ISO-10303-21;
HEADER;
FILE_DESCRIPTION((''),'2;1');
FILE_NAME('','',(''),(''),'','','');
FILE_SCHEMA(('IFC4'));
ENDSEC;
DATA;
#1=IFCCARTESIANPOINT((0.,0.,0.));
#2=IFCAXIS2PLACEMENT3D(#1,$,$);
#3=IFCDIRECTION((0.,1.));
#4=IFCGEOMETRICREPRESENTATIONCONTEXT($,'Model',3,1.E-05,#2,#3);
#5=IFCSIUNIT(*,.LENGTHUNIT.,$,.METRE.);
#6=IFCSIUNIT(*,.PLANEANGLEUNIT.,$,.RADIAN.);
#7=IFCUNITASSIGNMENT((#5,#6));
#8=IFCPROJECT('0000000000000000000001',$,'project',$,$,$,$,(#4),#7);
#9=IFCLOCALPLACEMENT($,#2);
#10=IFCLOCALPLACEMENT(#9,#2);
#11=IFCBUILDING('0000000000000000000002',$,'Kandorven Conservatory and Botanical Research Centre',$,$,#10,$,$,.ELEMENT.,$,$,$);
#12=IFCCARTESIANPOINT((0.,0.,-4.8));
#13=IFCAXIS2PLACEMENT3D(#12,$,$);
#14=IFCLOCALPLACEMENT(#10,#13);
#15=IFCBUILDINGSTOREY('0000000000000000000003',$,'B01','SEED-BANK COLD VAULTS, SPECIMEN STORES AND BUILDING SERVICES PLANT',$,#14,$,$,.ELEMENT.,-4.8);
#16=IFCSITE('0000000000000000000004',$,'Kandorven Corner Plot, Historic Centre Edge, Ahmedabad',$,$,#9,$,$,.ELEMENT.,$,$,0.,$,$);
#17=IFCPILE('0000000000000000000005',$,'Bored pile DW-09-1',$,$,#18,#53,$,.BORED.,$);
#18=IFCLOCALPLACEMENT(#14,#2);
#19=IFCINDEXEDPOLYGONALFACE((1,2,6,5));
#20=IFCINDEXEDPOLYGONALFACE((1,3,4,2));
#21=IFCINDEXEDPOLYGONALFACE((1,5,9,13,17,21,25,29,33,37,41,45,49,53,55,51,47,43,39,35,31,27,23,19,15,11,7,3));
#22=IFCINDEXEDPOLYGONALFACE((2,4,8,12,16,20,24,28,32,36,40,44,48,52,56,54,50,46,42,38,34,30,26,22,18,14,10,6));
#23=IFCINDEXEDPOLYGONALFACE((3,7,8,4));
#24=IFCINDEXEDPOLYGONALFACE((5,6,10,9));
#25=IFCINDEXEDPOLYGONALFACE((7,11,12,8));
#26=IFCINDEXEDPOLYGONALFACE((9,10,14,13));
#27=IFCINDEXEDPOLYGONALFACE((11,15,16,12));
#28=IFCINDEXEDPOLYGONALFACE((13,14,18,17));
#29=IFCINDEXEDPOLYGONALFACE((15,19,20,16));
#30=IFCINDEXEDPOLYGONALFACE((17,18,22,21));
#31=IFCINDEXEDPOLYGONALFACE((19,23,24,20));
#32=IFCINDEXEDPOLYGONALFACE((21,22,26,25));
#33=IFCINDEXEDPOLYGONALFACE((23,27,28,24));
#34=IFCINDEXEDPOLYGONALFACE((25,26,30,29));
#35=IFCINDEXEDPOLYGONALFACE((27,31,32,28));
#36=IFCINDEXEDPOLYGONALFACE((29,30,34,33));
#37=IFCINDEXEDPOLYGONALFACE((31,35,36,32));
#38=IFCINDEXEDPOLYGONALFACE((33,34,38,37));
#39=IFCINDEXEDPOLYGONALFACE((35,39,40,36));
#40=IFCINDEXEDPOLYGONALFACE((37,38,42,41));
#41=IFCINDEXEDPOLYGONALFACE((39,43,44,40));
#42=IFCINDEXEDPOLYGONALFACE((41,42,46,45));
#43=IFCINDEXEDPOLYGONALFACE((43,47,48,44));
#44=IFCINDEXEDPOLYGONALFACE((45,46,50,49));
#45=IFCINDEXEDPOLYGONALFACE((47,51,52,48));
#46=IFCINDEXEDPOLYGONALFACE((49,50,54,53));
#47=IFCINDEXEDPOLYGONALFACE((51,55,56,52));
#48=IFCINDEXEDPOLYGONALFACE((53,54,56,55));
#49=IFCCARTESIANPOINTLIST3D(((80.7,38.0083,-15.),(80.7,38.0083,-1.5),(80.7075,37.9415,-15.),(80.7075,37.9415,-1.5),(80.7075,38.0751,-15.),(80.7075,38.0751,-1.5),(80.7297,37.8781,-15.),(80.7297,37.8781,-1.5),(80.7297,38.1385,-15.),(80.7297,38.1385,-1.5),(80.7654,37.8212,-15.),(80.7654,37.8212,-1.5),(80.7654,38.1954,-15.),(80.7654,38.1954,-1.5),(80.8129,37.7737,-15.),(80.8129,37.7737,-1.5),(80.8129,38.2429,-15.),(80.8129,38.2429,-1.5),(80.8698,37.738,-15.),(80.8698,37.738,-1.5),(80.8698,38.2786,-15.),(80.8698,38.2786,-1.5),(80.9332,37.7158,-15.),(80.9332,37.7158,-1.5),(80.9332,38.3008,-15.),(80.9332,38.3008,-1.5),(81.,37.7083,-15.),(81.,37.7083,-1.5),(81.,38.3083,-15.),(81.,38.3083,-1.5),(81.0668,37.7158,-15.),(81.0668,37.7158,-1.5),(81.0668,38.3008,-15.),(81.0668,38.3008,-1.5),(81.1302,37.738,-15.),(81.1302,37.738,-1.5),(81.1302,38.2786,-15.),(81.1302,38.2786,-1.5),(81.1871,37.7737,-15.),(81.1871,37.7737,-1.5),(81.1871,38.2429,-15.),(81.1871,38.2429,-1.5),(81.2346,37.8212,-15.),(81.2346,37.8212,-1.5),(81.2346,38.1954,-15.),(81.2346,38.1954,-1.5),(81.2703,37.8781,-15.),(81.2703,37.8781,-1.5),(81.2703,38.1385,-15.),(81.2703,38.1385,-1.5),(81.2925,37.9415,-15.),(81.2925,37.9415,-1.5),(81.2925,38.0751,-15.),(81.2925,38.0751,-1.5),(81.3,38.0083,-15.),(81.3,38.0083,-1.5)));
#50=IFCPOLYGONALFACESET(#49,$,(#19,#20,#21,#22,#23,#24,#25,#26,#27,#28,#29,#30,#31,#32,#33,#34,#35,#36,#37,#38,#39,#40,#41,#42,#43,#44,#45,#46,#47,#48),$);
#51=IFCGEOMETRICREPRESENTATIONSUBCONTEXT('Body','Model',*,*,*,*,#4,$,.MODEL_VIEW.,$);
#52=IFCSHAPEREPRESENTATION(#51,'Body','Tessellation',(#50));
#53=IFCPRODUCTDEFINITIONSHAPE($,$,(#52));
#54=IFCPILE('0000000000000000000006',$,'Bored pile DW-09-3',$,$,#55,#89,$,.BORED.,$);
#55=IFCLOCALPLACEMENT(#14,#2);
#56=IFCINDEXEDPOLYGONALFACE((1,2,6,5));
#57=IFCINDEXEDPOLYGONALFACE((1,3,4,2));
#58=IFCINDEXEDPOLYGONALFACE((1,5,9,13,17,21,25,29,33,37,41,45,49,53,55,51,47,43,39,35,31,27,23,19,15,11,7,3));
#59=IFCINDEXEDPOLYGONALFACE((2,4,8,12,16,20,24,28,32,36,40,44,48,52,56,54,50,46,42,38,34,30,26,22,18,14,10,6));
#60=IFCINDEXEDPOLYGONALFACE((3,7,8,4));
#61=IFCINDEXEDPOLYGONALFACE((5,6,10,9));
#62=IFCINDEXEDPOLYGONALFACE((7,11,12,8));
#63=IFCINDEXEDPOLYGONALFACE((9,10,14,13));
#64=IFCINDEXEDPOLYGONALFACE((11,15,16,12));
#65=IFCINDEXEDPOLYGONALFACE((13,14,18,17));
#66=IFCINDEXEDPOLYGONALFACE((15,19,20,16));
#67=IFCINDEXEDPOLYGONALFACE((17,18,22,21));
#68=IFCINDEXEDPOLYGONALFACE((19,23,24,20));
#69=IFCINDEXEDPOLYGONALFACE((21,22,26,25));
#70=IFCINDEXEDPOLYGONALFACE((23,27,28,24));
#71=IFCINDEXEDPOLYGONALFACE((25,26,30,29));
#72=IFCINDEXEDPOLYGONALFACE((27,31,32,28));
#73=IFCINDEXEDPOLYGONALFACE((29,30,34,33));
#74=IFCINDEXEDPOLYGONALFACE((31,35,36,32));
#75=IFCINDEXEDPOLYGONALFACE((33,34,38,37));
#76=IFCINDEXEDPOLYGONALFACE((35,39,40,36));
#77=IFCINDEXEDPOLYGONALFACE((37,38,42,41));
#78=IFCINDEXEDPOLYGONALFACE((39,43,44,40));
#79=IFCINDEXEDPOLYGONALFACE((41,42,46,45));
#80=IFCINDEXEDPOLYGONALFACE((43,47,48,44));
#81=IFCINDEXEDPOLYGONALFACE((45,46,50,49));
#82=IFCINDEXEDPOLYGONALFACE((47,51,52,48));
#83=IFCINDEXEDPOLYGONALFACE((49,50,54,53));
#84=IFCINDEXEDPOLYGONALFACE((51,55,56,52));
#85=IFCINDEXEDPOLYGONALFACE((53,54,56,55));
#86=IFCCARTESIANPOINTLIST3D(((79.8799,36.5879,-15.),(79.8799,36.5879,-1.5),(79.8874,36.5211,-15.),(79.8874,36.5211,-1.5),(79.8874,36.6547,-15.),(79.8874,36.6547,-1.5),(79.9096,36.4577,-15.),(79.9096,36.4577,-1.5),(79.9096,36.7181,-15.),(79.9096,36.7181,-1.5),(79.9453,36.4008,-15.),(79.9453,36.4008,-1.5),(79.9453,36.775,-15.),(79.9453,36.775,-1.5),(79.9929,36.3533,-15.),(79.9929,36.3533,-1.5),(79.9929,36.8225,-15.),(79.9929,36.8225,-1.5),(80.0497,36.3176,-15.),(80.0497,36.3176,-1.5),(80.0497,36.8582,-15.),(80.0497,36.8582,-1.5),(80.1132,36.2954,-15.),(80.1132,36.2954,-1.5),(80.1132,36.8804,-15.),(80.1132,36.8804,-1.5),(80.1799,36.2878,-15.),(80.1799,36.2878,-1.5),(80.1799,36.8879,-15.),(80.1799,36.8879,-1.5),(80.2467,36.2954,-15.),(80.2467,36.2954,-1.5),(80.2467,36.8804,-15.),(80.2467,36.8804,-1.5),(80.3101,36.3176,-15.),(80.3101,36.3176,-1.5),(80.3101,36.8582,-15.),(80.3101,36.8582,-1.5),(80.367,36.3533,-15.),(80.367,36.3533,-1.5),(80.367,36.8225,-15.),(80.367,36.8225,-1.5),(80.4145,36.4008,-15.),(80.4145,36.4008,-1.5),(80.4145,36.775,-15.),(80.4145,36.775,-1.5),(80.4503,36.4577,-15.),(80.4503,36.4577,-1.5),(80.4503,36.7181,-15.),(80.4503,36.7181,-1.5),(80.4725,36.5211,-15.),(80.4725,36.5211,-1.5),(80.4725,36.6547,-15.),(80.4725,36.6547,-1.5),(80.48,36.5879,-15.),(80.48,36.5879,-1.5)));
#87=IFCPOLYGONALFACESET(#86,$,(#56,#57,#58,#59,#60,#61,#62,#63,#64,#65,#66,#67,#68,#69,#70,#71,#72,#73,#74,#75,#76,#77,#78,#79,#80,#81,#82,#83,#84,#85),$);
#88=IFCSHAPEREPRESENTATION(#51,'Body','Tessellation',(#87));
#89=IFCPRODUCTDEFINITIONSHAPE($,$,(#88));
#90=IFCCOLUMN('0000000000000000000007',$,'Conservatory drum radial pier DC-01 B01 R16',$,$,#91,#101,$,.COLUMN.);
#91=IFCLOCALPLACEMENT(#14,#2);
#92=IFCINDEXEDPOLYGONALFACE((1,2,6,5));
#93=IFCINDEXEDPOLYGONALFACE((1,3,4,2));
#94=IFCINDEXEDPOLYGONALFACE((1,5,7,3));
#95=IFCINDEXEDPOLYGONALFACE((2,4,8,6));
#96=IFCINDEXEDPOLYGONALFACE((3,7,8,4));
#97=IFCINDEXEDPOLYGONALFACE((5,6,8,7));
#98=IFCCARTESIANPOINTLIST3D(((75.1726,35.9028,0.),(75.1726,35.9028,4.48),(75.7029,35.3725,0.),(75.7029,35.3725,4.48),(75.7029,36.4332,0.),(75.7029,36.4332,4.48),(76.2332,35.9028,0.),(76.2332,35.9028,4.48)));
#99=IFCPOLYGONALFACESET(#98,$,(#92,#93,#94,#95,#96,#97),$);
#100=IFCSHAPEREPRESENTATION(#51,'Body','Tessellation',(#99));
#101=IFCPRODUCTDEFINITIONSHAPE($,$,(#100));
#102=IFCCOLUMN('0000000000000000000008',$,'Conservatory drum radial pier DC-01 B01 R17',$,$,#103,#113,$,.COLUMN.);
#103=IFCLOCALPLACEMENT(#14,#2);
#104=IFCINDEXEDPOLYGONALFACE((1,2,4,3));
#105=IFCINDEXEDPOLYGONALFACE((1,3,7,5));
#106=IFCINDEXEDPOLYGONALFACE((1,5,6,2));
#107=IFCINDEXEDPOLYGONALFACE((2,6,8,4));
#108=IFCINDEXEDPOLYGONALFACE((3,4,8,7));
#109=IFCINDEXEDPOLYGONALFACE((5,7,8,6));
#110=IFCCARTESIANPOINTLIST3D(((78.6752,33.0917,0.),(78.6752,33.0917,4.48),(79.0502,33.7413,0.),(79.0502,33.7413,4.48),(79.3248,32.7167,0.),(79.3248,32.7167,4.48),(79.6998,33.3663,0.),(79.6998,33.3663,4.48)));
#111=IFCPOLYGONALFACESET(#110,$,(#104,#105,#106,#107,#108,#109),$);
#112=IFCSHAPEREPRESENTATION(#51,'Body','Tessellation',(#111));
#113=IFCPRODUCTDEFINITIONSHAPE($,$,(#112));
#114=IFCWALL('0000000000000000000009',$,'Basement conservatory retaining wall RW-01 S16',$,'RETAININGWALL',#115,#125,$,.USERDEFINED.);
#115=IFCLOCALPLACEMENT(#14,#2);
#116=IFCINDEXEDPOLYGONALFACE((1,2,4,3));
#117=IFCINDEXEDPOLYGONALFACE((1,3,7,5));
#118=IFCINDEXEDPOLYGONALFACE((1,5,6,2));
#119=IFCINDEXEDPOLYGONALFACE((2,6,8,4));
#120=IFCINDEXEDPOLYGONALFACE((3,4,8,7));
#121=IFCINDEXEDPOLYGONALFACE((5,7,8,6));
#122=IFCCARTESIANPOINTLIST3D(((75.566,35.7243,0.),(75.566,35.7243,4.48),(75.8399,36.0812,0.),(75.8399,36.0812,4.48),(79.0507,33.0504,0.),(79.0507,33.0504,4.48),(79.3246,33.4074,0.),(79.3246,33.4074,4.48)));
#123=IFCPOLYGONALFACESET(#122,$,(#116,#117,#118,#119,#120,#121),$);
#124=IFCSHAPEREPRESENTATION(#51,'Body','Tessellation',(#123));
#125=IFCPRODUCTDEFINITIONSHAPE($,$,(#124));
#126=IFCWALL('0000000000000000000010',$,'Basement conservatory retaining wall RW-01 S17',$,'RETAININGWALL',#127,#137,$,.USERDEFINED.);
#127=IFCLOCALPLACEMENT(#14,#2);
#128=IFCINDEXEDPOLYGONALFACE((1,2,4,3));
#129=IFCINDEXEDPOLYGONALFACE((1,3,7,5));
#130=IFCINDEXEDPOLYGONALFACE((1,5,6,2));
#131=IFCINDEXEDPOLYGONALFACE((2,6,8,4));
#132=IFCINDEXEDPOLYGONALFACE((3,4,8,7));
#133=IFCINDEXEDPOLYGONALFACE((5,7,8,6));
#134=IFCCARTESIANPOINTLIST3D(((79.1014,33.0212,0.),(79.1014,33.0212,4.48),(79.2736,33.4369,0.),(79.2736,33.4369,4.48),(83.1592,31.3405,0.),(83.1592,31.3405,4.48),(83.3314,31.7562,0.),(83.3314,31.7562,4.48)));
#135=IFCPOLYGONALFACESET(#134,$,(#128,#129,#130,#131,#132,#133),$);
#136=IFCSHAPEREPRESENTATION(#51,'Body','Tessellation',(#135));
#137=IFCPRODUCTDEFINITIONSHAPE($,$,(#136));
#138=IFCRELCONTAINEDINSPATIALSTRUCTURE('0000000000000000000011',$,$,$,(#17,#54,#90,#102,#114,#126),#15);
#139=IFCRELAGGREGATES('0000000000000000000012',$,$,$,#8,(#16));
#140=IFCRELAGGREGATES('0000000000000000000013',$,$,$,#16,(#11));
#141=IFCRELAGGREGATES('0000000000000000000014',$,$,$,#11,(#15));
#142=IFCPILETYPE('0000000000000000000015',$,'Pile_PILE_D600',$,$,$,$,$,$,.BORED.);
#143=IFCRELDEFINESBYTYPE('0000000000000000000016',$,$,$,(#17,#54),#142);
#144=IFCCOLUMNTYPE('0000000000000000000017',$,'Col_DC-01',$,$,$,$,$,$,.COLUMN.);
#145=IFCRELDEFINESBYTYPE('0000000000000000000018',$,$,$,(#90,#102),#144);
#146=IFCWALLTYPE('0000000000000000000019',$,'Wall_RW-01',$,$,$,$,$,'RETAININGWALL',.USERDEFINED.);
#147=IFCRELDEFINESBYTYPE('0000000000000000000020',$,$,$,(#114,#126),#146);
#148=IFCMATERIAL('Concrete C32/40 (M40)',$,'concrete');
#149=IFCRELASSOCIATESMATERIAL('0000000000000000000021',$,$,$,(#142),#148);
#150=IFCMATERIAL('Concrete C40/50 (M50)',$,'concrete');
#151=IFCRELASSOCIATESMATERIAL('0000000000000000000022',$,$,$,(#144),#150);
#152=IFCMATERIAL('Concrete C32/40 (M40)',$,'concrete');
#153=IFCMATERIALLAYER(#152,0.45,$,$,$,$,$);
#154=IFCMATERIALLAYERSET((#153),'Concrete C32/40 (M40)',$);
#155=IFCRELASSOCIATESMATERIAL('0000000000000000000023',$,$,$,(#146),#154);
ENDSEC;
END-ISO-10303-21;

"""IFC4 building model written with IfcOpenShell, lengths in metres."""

from ifc_helpers import new_model, si_unit, direction, frame, frame_2d, origin, origin_2d, place, context, subcontext, project, spatial, rectangle, circle, extrude, material, layer, layer_set, material_profile, profile_set, type_object, element, save


model = new_model("IFC4")

# Units and contexts
model_context = context("Model", 3, precision=1e-05, world=origin(), true_north=direction((0.0, 1.0)))
body_context = subcontext(model_context, "Body", "Model", "MODEL_VIEW")
ifc_project = project(units=[si_unit("LENGTHUNIT", "METRE"), si_unit("PLANEANGLEUNIT", "RADIAN")], contexts=[model_context])

# Site, building, storey
site_placement = place(None, origin())
site = spatial("IfcSite", under=ifc_project, at=site_placement, Name="Kandorven Corner Plot, Historic Centre Edge, Ahmedabad", CompositionType="ELEMENT", RefElevation=0.0)
building_placement = place(site_placement, origin())
building = spatial("IfcBuilding", under=site, at=building_placement, Name="Kandorven Conservatory and Botanical Research Centre", CompositionType="ELEMENT")
storey_placement = place(building_placement, frame((0.0, 0.0, -4.8)))
storey = spatial("IfcBuildingStorey", under=building, at=storey_placement, Name="B01", Description="SEED-BANK COLD VAULTS, SPECIMEN STORES AND BUILDING SERVICES PLANT", CompositionType="ELEMENT", Elevation=-4.8)

# Piles
ifc_material_1 = material(Name="Concrete C32/40 (M40)", Category="concrete")
ifc_material_profile_1 = material_profile(ifc_material_1, circle(Radius=0.3, at=origin_2d()))
ifc_profile_set_1 = profile_set([ifc_material_profile_1], Name="Concrete C32/40 (M40)")
pile_type = type_object("IfcPileType", Name="Pile_PILE_D600", PredefinedType="BORED", material=ifc_profile_set_1)
for number, where, z_axis, x_axis, name in (
    (1, (81.0, 38.0083, -1.5), (0.0, 0.0, -1.0), (1.0, 0.0, 0.0), "Bored pile DW-09-1"),
    (2, (80.1799, 36.5879, -1.5), (0.0, 0.0, -1.0), (1.0, 0.0, 0.0), "Bored pile DW-09-3"),
):
    element("IfcPile", number, at=place(storey_placement, frame(where, z_axis=z_axis, x_axis=x_axis)), inside=storey, type_object=pile_type, Name=name, PredefinedType="BORED", context=body_context, shape_type="SweptSolid", body=[
        extrude(circle(Radius=0.3, at=origin_2d()), origin(), (0.0, 0.0, 1.0), 13.5),
    ])

# Columns
ifc_material_2 = material(Name="Concrete C40/50 (M50)", Category="concrete")
ifc_material_profile_2 = material_profile(ifc_material_2, rectangle(XDim=0.75, YDim=0.75, at=origin_2d()))
ifc_profile_set_2 = profile_set([ifc_material_profile_2], Name="Concrete C40/50 (M50)")
column_type = type_object("IfcColumnType", Name="Col_DC-01", PredefinedType="COLUMN", material=ifc_profile_set_2)
for number, where, z_axis, x_axis, name in (
    (3, (75.7029, 35.9028, 0.0), (0.0, 0.0, 1.0), (-0.707107, -0.707107, 0.0), "Conservatory drum radial pier DC-01 B01 R16"),
    (4, (79.1875, 33.229, 0.0), (0.0, 0.0, 1.0), (-0.5, -0.866025, 0.0), "Conservatory drum radial pier DC-01 B01 R17"),
):
    element("IfcColumn", number, at=place(storey_placement, frame(where, z_axis=z_axis, x_axis=x_axis)), inside=storey, type_object=column_type, Name=name, PredefinedType="COLUMN", context=body_context, shape_type="SweptSolid", body=[
        extrude(rectangle(XDim=0.75, YDim=0.75, at=origin_2d()), origin(), (0.0, 0.0, 1.0), 4.48),
    ])

# Walls
ifc_material_3 = material(Name="Concrete C32/40 (M40)", Category="concrete")
ifc_layer = layer(ifc_material_3, 0.45)
ifc_layer_set = layer_set([ifc_layer], Name="Concrete C32/40 (M40)")
wall_type = type_object("IfcWallType", Name="Wall_RW-01", ElementType="RETAININGWALL", PredefinedType="USERDEFINED", material=ifc_layer_set)
wall_1_placement = place(storey_placement, frame((75.7029, 35.9028, 0.0), z_axis=(0.0, 0.0, 1.0), x_axis=(0.793355, -0.608759, 0.0)))
element("IfcWall", 5, at=wall_1_placement, inside=storey, type_object=wall_type, Name="Basement conservatory retaining wall RW-01 S16", ObjectType="RETAININGWALL", PredefinedType="USERDEFINED", context=body_context, shape_type="SweptSolid", body=[
    extrude(rectangle(XDim=4.3923, YDim=0.45, at=frame_2d((2.1963, 0.0))), origin(), (0.0, 0.0, 1.0), 4.48),
])
wall_2_placement = place(storey_placement, frame((79.1875, 33.229, 0.0), z_axis=(0.0, 0.0, 1.0), x_axis=(0.923892, -0.382653, 0.0)))
element("IfcWall", 6, at=wall_2_placement, inside=storey, type_object=wall_type, Name="Basement conservatory retaining wall RW-01 S17", ObjectType="RETAININGWALL", PredefinedType="USERDEFINED", context=body_context, shape_type="SweptSolid", body=[
    extrude(rectangle(XDim=4.3921, YDim=0.45, at=frame_2d((2.196, 0.0))), origin(), (0.0, 0.0, 1.0), 4.48),
])

save(model, "model.ifc")
